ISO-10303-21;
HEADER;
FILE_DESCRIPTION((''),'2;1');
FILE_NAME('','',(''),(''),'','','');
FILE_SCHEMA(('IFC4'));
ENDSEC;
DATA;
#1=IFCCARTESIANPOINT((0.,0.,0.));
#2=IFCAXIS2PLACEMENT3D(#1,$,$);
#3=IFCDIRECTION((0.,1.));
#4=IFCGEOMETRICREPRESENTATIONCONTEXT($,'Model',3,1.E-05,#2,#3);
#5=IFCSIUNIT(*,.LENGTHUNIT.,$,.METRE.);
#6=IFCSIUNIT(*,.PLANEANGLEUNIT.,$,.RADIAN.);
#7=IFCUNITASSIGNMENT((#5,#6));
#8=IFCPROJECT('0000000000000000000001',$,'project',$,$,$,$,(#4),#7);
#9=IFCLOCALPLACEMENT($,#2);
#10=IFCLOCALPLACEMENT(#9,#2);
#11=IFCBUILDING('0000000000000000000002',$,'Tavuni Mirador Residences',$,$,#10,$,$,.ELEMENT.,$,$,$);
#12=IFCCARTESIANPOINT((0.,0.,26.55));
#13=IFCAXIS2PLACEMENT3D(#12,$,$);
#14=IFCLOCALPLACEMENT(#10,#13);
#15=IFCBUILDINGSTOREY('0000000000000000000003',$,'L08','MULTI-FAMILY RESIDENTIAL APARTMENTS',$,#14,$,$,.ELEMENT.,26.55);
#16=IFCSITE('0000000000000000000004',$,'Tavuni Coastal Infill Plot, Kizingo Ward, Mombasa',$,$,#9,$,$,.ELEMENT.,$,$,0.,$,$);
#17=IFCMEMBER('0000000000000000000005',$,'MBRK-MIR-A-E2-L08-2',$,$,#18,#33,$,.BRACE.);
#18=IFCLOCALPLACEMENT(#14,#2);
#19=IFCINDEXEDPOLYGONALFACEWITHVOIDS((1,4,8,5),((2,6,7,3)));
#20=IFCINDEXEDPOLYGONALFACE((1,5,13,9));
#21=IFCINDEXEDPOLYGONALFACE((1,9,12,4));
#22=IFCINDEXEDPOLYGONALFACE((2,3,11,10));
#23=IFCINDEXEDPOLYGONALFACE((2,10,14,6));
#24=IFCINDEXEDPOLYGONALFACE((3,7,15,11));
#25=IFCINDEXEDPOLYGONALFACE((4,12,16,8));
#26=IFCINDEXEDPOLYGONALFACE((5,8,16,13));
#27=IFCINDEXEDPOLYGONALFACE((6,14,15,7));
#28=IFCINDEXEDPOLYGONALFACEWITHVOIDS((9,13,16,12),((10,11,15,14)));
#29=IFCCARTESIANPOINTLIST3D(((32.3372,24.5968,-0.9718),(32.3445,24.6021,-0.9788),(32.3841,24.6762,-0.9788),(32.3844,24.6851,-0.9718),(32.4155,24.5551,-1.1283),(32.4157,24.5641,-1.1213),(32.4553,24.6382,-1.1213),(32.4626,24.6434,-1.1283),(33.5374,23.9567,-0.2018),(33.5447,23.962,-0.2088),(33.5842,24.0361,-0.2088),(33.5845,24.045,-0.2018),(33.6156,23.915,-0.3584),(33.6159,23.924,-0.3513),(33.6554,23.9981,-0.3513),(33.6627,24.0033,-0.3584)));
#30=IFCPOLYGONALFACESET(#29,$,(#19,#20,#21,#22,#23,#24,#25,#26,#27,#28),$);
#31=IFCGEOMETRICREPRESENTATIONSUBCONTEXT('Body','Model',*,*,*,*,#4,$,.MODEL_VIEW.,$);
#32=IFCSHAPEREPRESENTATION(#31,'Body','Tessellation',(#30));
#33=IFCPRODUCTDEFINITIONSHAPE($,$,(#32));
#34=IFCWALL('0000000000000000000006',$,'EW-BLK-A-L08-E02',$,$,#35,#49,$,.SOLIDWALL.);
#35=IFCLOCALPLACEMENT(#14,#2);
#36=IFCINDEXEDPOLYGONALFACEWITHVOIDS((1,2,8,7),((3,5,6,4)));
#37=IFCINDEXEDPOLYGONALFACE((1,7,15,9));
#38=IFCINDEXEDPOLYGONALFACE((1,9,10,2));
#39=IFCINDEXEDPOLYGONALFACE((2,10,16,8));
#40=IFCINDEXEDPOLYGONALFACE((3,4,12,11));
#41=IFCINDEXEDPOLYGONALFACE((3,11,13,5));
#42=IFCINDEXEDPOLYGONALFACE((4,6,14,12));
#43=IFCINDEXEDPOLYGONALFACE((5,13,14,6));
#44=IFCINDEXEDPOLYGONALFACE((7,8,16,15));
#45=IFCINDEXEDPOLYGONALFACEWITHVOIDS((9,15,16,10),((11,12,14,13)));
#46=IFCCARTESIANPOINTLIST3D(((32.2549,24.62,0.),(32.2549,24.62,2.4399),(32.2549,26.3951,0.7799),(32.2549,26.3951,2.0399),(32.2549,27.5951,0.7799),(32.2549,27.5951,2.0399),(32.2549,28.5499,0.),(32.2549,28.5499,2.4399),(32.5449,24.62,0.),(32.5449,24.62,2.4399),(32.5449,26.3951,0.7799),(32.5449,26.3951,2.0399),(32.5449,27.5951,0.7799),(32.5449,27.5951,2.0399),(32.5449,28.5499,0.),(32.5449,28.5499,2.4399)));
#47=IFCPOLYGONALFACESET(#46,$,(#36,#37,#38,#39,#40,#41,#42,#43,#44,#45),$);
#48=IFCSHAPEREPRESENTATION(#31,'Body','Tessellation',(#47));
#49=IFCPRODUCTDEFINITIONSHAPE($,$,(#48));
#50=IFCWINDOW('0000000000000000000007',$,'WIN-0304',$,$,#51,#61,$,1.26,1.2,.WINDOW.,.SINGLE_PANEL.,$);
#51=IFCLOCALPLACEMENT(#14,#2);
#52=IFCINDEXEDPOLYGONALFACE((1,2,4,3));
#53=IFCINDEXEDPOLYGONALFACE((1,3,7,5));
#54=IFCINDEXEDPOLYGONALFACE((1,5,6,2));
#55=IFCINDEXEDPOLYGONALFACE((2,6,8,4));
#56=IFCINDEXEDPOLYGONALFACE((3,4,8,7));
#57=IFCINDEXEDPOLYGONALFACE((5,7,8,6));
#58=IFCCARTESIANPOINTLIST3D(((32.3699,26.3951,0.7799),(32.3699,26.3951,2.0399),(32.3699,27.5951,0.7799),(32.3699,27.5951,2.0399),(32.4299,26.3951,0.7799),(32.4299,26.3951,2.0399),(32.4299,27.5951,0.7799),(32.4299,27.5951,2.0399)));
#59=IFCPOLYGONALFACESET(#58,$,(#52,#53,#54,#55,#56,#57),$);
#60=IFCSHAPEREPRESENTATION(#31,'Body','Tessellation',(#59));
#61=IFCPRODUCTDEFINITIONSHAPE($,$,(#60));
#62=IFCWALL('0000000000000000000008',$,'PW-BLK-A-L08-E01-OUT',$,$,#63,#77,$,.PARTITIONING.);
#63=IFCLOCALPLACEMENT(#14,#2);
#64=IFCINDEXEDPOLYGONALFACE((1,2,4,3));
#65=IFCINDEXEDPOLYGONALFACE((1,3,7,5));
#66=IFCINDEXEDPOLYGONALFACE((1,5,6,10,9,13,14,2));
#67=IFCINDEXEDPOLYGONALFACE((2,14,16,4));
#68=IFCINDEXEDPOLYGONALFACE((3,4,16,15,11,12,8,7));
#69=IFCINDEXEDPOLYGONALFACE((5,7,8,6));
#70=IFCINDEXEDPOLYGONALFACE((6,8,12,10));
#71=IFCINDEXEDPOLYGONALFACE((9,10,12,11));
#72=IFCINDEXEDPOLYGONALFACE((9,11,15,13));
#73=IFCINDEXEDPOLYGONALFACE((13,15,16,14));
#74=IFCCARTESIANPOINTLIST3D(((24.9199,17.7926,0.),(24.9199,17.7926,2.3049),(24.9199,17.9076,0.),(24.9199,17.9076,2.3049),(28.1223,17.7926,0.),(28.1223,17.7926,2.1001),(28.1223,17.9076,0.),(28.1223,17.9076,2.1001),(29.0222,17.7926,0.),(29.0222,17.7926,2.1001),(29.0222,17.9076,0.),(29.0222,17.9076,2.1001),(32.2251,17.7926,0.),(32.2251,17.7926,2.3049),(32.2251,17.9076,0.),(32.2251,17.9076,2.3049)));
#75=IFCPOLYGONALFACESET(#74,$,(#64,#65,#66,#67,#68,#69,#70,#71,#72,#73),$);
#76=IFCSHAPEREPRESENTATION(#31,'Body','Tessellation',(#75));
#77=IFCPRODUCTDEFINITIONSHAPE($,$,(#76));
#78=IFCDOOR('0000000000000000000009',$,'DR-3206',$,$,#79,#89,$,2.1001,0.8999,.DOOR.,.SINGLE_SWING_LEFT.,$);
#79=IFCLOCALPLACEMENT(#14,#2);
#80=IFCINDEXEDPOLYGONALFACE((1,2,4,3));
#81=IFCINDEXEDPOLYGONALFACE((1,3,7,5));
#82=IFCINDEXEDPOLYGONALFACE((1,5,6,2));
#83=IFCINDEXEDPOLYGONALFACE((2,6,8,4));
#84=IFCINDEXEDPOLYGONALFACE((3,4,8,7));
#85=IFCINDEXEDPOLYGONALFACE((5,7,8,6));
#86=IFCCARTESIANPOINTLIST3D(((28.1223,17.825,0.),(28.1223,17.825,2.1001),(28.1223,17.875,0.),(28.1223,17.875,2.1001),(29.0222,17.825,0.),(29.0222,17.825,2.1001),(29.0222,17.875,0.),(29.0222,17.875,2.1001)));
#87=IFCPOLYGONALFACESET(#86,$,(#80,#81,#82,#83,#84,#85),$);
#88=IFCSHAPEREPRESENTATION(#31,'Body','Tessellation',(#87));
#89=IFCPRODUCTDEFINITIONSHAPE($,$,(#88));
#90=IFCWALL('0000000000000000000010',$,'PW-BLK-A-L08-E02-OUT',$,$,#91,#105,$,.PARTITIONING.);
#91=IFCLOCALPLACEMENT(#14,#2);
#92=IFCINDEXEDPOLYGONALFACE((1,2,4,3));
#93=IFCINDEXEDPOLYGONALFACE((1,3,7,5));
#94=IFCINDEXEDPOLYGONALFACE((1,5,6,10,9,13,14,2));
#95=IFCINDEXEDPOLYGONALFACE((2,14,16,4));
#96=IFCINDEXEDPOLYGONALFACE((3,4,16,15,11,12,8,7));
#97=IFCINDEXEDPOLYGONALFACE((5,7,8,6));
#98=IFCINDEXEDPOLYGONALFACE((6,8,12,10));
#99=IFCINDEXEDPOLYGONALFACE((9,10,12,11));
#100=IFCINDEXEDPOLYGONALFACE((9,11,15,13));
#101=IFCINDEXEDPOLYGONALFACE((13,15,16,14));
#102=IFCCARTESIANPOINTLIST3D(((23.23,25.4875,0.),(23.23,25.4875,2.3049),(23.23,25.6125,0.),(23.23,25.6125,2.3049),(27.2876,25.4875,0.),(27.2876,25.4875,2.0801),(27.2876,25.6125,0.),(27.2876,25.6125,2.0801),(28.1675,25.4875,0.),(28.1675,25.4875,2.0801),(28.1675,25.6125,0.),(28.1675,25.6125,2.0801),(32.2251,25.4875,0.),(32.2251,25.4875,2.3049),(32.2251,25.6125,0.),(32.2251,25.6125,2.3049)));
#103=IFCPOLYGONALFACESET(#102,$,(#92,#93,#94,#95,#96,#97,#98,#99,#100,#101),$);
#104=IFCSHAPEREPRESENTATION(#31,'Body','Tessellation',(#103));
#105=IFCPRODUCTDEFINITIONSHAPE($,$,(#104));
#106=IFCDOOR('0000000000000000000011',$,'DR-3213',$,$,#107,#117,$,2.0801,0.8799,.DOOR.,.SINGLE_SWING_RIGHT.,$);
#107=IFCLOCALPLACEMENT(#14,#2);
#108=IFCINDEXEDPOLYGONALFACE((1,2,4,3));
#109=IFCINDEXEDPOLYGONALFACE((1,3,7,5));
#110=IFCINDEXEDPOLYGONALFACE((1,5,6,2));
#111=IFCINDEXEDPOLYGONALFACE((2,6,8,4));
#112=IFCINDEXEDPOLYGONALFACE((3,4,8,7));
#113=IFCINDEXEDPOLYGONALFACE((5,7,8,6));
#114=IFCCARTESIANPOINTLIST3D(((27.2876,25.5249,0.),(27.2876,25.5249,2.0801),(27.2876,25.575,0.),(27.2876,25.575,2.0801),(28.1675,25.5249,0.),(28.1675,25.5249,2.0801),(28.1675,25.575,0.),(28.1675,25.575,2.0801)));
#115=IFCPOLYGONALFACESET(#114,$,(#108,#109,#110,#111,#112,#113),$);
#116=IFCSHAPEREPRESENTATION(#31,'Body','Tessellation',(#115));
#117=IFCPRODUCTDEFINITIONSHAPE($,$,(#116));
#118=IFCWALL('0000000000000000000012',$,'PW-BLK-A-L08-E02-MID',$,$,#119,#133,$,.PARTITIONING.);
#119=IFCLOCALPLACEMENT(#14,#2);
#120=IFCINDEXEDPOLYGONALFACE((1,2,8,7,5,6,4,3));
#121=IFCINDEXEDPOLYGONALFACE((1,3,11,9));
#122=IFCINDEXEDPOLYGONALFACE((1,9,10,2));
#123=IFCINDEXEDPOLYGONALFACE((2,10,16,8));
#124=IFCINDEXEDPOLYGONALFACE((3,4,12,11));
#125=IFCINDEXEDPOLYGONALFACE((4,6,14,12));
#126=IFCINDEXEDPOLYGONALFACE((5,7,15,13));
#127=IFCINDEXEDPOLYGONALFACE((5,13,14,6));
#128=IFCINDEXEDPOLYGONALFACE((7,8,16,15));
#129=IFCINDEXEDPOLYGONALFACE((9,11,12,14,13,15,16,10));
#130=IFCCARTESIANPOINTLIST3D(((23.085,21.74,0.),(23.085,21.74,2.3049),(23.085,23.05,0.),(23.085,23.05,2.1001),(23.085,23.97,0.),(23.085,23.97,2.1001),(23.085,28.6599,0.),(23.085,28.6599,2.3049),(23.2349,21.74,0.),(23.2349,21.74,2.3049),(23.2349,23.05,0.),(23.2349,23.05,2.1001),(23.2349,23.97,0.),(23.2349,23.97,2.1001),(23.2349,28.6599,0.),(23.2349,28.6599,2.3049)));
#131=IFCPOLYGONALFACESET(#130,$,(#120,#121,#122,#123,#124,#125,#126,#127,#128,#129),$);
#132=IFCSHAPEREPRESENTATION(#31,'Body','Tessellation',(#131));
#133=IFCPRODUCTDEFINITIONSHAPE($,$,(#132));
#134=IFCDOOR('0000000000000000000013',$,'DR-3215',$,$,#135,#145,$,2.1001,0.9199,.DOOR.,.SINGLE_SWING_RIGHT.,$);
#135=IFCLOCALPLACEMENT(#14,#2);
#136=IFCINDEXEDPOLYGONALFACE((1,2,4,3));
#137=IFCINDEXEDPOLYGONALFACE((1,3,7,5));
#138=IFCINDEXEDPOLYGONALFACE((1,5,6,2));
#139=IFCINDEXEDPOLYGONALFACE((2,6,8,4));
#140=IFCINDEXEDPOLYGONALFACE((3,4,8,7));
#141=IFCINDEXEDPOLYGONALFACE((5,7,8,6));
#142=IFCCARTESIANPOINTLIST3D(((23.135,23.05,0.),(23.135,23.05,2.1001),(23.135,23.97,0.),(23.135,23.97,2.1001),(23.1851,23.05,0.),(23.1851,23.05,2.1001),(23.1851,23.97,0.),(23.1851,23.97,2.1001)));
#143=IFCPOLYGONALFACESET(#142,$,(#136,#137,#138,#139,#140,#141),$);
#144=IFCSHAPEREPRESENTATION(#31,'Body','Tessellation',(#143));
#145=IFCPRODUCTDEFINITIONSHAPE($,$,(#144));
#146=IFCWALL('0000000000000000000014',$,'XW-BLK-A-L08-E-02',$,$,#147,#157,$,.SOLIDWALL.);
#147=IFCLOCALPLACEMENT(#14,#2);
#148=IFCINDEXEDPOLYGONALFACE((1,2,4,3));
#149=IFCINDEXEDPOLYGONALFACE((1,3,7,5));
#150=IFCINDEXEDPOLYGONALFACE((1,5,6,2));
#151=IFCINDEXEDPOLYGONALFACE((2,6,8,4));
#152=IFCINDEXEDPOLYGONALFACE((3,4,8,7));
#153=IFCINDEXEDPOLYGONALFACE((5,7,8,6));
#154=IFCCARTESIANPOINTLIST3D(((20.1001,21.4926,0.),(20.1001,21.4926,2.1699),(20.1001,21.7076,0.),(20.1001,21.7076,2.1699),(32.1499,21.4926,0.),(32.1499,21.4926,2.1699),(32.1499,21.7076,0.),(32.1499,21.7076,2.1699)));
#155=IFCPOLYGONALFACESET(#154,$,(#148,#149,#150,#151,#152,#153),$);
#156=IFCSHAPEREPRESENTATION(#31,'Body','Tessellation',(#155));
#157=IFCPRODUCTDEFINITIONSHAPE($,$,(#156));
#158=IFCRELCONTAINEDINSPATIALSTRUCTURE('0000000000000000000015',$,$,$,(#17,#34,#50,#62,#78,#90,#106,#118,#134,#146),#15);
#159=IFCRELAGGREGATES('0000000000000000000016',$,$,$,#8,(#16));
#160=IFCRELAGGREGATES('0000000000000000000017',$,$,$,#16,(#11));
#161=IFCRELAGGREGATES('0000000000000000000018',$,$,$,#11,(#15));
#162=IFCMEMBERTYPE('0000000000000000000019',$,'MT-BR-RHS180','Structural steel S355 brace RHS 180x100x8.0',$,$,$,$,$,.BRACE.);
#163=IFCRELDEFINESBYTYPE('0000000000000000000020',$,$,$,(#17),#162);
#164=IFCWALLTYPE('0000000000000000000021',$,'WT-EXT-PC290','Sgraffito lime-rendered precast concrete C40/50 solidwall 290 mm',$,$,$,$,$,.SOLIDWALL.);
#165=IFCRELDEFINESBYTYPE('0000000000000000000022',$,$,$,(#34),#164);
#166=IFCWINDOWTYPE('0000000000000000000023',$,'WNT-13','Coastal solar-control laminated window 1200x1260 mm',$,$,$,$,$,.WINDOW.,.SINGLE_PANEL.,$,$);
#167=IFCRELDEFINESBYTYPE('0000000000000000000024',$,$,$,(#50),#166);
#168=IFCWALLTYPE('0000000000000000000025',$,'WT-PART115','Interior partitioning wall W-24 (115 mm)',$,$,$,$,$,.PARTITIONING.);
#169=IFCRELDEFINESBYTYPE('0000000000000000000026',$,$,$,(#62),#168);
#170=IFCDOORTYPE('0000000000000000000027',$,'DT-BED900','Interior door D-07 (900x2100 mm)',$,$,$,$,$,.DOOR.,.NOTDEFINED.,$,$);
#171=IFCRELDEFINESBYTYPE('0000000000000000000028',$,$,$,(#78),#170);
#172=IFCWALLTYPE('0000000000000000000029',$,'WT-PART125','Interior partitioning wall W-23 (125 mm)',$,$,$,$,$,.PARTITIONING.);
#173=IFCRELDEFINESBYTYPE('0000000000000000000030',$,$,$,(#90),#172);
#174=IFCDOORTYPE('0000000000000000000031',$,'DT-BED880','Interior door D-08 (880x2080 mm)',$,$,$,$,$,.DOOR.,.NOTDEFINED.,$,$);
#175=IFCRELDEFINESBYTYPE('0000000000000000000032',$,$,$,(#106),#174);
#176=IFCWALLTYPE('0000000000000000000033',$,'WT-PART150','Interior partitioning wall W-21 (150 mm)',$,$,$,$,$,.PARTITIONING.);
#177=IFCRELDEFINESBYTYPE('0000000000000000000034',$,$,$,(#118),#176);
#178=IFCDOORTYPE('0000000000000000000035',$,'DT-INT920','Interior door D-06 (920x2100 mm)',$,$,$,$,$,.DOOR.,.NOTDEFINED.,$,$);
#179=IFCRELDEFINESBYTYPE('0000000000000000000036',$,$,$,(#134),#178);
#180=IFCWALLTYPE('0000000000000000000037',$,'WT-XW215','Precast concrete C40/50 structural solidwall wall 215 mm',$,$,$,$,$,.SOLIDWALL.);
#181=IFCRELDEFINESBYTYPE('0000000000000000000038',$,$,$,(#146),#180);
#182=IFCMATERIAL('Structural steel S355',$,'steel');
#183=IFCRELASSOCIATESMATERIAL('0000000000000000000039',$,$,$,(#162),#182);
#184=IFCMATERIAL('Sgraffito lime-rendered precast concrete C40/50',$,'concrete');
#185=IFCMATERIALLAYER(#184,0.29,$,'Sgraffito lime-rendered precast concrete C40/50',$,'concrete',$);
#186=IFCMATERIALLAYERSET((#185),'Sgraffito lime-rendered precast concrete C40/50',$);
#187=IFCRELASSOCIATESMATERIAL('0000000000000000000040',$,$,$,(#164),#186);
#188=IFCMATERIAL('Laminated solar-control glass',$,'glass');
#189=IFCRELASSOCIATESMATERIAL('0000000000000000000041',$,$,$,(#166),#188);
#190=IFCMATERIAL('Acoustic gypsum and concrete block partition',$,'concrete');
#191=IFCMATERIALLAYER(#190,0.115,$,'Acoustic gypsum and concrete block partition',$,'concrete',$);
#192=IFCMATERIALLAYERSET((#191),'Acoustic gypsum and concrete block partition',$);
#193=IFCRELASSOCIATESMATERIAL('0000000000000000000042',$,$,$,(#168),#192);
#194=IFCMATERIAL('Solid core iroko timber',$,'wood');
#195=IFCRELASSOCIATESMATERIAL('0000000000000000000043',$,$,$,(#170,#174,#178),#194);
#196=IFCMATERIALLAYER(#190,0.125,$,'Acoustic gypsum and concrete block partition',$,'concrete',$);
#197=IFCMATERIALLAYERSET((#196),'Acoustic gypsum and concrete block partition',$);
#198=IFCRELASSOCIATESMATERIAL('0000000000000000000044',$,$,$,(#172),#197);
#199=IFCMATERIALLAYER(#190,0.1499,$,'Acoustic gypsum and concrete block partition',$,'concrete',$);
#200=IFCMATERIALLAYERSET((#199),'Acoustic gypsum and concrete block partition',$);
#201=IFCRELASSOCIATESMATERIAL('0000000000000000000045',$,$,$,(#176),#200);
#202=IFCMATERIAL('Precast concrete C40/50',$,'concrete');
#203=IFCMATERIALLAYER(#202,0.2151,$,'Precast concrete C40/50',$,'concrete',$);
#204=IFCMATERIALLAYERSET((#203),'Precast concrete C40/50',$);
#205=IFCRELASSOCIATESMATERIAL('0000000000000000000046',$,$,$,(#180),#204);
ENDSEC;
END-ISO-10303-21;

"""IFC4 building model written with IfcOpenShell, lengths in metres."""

from ifc_helpers import new_model, si_unit, direction, frame, frame_2d, origin, origin_2d, place, context, subcontext, project, spatial, rectangle, hollow_rectangle, extrude, material, layer, layer_set, material_profile, profile_set, type_object, element, fill, save


model = new_model("IFC4")

# Units and contexts
model_context = context("Model", 3, precision=1e-05, world=origin(), true_north=direction((0.0, 1.0)))
body_context = subcontext(model_context, "Body", "Model", "MODEL_VIEW")
ifc_project = project(units=[si_unit("LENGTHUNIT", "METRE"), si_unit("PLANEANGLEUNIT", "RADIAN")], contexts=[model_context])

# Site, building, storey
site_placement = place(None, origin())
site = spatial("IfcSite", under=ifc_project, at=site_placement, Name="Tavuni Coastal Infill Plot, Kizingo Ward, Mombasa", CompositionType="ELEMENT", RefElevation=0.0)
building_placement = place(site_placement, origin())
building = spatial("IfcBuilding", under=site, at=building_placement, Name="Tavuni Mirador Residences", CompositionType="ELEMENT")
storey_placement = place(building_placement, frame((0.0, 0.0, 26.55)))
storey = spatial("IfcBuildingStorey", under=building, at=storey_placement, Name="L08", Description="MULTI-FAMILY RESIDENTIAL APARTMENTS", CompositionType="ELEMENT", Elevation=26.55)

# Shared definitions
ifc_material_1 = material(Name="Precast concrete C40/50", Category="concrete")

# Member
ifc_material_2 = material(Name="Structural steel S355", Category="steel")
ifc_material_profile_1 = material_profile(ifc_material_2, hollow_rectangle(XDim=0.1001, YDim=0.1799, WallThickness=0.0081, at=origin_2d()), Name="RHS 180x100x8.0", Category="steel")
ifc_profile_set_1 = profile_set([ifc_material_profile_1], Name="Structural steel S355")
member_type_1 = type_object("IfcMemberType", Name="MT-BR-RHS180", Description="Structural steel S355 brace RHS 180x100x8.0", PredefinedType="BRACE", material=ifc_profile_set_1)
member_1_placement = place(storey_placement, frame((32.3999, 24.6201, -1.05), z_axis=(0.767847, -0.409539, 0.492634), x_axis=(0.470607, 0.882343, 0.0)))
element("IfcMember", 1, at=member_1_placement, inside=storey, type_object=member_type_1, Name="MBRK-MIR-A-E2-L08-2", PredefinedType="BRACE", context=body_context, shape_type="SweptSolid", body=[
    extrude(hollow_rectangle(XDim=0.1001, YDim=0.1799, WallThickness=0.0081, at=origin_2d()), origin(), (0.0, 0.0, 1.0), 1.563),
])

# Shared definitions
ifc_material_3 = material(Name="Solid core iroko timber", Category="wood")

# Wall, opening, window
ifc_material_4 = material(Name="Sgraffito lime-rendered precast concrete C40/50", Category="concrete")
ifc_layer_1 = layer(ifc_material_4, 0.29, Name="Sgraffito lime-rendered precast concrete C40/50", Category="concrete")
ifc_layer_set_1 = layer_set([ifc_layer_1], Name="Sgraffito lime-rendered precast concrete C40/50")
wall_type_1 = type_object("IfcWallType", Name="WT-EXT-PC290", Description="Sgraffito lime-rendered precast concrete C40/50 solidwall 290 mm", PredefinedType="SOLIDWALL", material=ifc_layer_set_1)
wall_1_placement = place(storey_placement, frame((32.3999, 24.6201, 0.0), z_axis=(0.0, 0.0, 1.0), x_axis=(0.0, 1.0, 0.0)))
wall_1 = element("IfcWall", 2, at=wall_1_placement, inside=storey, type_object=wall_type_1, Name="EW-BLK-A-L08-E02", PredefinedType="SOLIDWALL", context=body_context, shape_type="SweptSolid", body=[
    extrude(rectangle(XDim=3.9299, YDim=0.29, at=frame_2d((1.9648, 0.0))), origin(), (0.0, 0.0, 1.0), 2.4399),
])
opening_1_placement = place(wall_1_placement, frame((1.7749, 0.0, 0.78)))
opening_1 = element("IfcOpeningElement", 3, at=opening_1_placement, cuts=wall_1, PredefinedType="OPENING", context=body_context, shape_type="SweptSolid", body=[
    extrude(rectangle(XDim=1.2, YDim=1.26, at=frame_2d((0.6001, 0.6299))), frame((0.0, 0.155, 0.0), z_axis=(0.0, -1.0, 0.0), x_axis=(1.0, 0.0, 0.0)), (0.0, 0.0, 1.0), 0.3101),
])
ifc_material_5 = material(Name="Laminated solar-control glass", Category="glass")
window_type = type_object("IfcWindowType", Name="WNT-13", Description="Coastal solar-control laminated window 1200x1260 mm", PartitioningType="SINGLE_PANEL", PredefinedType="WINDOW", material=ifc_material_5)
window_placement = place(opening_1_placement, origin())
window = element("IfcWindow", 4, at=window_placement, inside=storey, type_object=window_type, Name="WIN-0304", OverallHeight=1.26, OverallWidth=1.2, PartitioningType="SINGLE_PANEL", PredefinedType="WINDOW", context=body_context, shape_type="SweptSolid", body=[
    extrude(rectangle(XDim=1.2, YDim=1.26, at=frame_2d((0.6001, 0.6299))), frame((0.0, 0.03, 0.0), z_axis=(0.0, -1.0, 0.0), x_axis=(1.0, 0.0, 0.0)), (0.0, 0.0, 1.0), 0.0601),
])
fill(opening_1, window)

# Walls, openings, doors
ifc_material_6 = material(Name="Acoustic gypsum and concrete block partition", Category="concrete")
ifc_layer_2 = layer(ifc_material_6, 0.115, Name="Acoustic gypsum and concrete block partition", Category="concrete")
ifc_layer_set_2 = layer_set([ifc_layer_2], Name="Acoustic gypsum and concrete block partition")
wall_type_2 = type_object("IfcWallType", Name="WT-PART115", Description="Interior partitioning wall W-24 (115 mm)", PredefinedType="PARTITIONING", material=ifc_layer_set_2)
wall_2_placement = place(storey_placement, frame((24.9199, 17.8501, 0.0), z_axis=(0.0, 0.0, 1.0), x_axis=(1.0, 0.0, 0.0)))
wall_2 = element("IfcWall", 5, at=wall_2_placement, inside=storey, type_object=wall_type_2, Name="PW-BLK-A-L08-E01-OUT", PredefinedType="PARTITIONING", context=body_context, shape_type="SweptSolid", body=[
    extrude(rectangle(XDim=7.3052, YDim=0.115, at=frame_2d((3.6526, 0.0))), origin(), (0.0, 0.0, 1.0), 2.3049),
])
opening_2_placement = place(wall_2_placement, frame((3.2024, 0.0, 0.0)))
opening_2 = element("IfcOpeningElement", 6, at=opening_2_placement, cuts=wall_2, PredefinedType="OPENING", context=body_context, shape_type="SweptSolid", body=[
    extrude(rectangle(XDim=0.8999, YDim=2.1001, at=frame_2d((0.45, 1.05))), frame((0.0, 0.0674, 0.0), z_axis=(0.0, -1.0, 0.0), x_axis=(1.0, 0.0, 0.0)), (0.0, 0.0, 1.0), 0.135),
])
door_type_1 = type_object("IfcDoorType", Name="DT-BED900", Description="Interior door D-07 (900x2100 mm)", OperationType="NOTDEFINED", PredefinedType="DOOR", material=ifc_material_3)
door_1_placement = place(opening_2_placement, origin())
door_1 = element("IfcDoor", 7, at=door_1_placement, inside=storey, type_object=door_type_1, Name="DR-3206", OperationType="SINGLE_SWING_LEFT", OverallHeight=2.1001, OverallWidth=0.8999, PredefinedType="DOOR", context=body_context, shape_type="SweptSolid", body=[
    extrude(rectangle(XDim=0.8999, YDim=2.1001, at=frame_2d((0.45, 1.05))), frame((0.0, 0.0249, 0.0), z_axis=(0.0, -1.0, 0.0), x_axis=(1.0, 0.0, 0.0)), (0.0, 0.0, 1.0), 0.05),
])
fill(opening_2, door_1)
ifc_layer_3 = layer(ifc_material_6, 0.125, Name="Acoustic gypsum and concrete block partition", Category="concrete")
ifc_layer_set_3 = layer_set([ifc_layer_3], Name="Acoustic gypsum and concrete block partition")
wall_type_3 = type_object("IfcWallType", Name="WT-PART125", Description="Interior partitioning wall W-23 (125 mm)", PredefinedType="PARTITIONING", material=ifc_layer_set_3)
wall_3_placement = place(storey_placement, frame((23.23, 25.55, 0.0), z_axis=(0.0, 0.0, 1.0), x_axis=(1.0, 0.0, 0.0)))
wall_3 = element("IfcWall", 8, at=wall_3_placement, inside=storey, type_object=wall_type_3, Name="PW-BLK-A-L08-E02-OUT", PredefinedType="PARTITIONING", context=body_context, shape_type="SweptSolid", body=[
    extrude(rectangle(XDim=8.9951, YDim=0.125, at=frame_2d((4.4976, 0.0))), origin(), (0.0, 0.0, 1.0), 2.3049),
])
opening_3_placement = place(wall_3_placement, frame((4.0576, 0.0, 0.0)))
opening_3 = element("IfcOpeningElement", 9, at=opening_3_placement, cuts=wall_3, PredefinedType="OPENING", context=body_context, shape_type="SweptSolid", body=[
    extrude(rectangle(XDim=0.8799, YDim=2.0801, at=frame_2d((0.4399, 1.04))), frame((0.0, 0.0725, 0.0), z_axis=(0.0, -1.0, 0.0), x_axis=(1.0, 0.0, 0.0)), (0.0, 0.0, 1.0), 0.145),
])
door_type_2 = type_object("IfcDoorType", Name="DT-BED880", Description="Interior door D-08 (880x2080 mm)", OperationType="NOTDEFINED", PredefinedType="DOOR", material=ifc_material_3)
door_2_placement = place(opening_3_placement, origin())
door_2 = element("IfcDoor", 10, at=door_2_placement, inside=storey, type_object=door_type_2, Name="DR-3213", OperationType="SINGLE_SWING_RIGHT", OverallHeight=2.0801, OverallWidth=0.8799, PredefinedType="DOOR", context=body_context, shape_type="SweptSolid", body=[
    extrude(rectangle(XDim=0.8799, YDim=2.0801, at=frame_2d((0.4399, 1.04))), frame((0.0, 0.0249, 0.0), z_axis=(0.0, -1.0, 0.0), x_axis=(1.0, 0.0, 0.0)), (0.0, 0.0, 1.0), 0.05),
])
fill(opening_3, door_2)
ifc_layer_4 = layer(ifc_material_6, 0.1499, Name="Acoustic gypsum and concrete block partition", Category="concrete")
ifc_layer_set_4 = layer_set([ifc_layer_4], Name="Acoustic gypsum and concrete block partition")
wall_type_4 = type_object("IfcWallType", Name="WT-PART150", Description="Interior partitioning wall W-21 (150 mm)", PredefinedType="PARTITIONING", material=ifc_layer_set_4)
wall_4_placement = place(storey_placement, frame((23.1599, 21.74, 0.0), z_axis=(0.0, 0.0, 1.0), x_axis=(0.0, 1.0, 0.0)))
wall_4 = element("IfcWall", 11, at=wall_4_placement, inside=storey, type_object=wall_type_4, Name="PW-BLK-A-L08-E02-MID", PredefinedType="PARTITIONING", context=body_context, shape_type="SweptSolid", body=[
    extrude(rectangle(XDim=6.9199, YDim=0.1499, at=frame_2d((3.46, 0.0))), origin(), (0.0, 0.0, 1.0), 2.3049),
])
opening_4_placement = place(wall_4_placement, frame((1.3101, 0.0, 0.0)))
opening_4 = element("IfcOpeningElement", 12, at=opening_4_placement, cuts=wall_4, PredefinedType="OPENING", context=body_context, shape_type="SweptSolid", body=[
    extrude(rectangle(XDim=0.9199, YDim=2.1001, at=frame_2d((0.46, 1.05))), frame((0.0, 0.085, 0.0), z_axis=(0.0, -1.0, 0.0), x_axis=(1.0, 0.0, 0.0)), (0.0, 0.0, 1.0), 0.1699),
])
door_type_3 = type_object("IfcDoorType", Name="DT-INT920", Description="Interior door D-06 (920x2100 mm)", OperationType="NOTDEFINED", PredefinedType="DOOR", material=ifc_material_3)
door_3_placement = place(opening_4_placement, origin())
door_3 = element("IfcDoor", 13, at=door_3_placement, inside=storey, type_object=door_type_3, Name="DR-3215", OperationType="SINGLE_SWING_RIGHT", OverallHeight=2.1001, OverallWidth=0.9199, PredefinedType="DOOR", context=body_context, shape_type="SweptSolid", body=[
    extrude(rectangle(XDim=0.9199, YDim=2.1001, at=frame_2d((0.46, 1.05))), frame((0.0, 0.0249, 0.0), z_axis=(0.0, -1.0, 0.0), x_axis=(1.0, 0.0, 0.0)), (0.0, 0.0, 1.0), 0.05),
])
fill(opening_4, door_3)

# Wall
ifc_layer_5 = layer(ifc_material_1, 0.2151, Name="Precast concrete C40/50", Category="concrete")
ifc_layer_set_5 = layer_set([ifc_layer_5], Name="Precast concrete C40/50")
wall_type_5 = type_object("IfcWallType", Name="WT-XW215", Description="Precast concrete C40/50 structural solidwall wall 215 mm", PredefinedType="SOLIDWALL", material=ifc_layer_set_5)
wall_5_placement = place(storey_placement, frame((20.1001, 21.6001, 0.0), z_axis=(0.0, 0.0, 1.0), x_axis=(1.0, 0.0, 0.0)))
element("IfcWall", 14, at=wall_5_placement, inside=storey, type_object=wall_type_5, Name="XW-BLK-A-L08-E-02", PredefinedType="SOLIDWALL", context=body_context, shape_type="SweptSolid", body=[
    extrude(rectangle(XDim=12.0498, YDim=0.2151, at=frame_2d((6.0249, 0.0))), origin(), (0.0, 0.0, 1.0), 2.1699),
])

save(model, "model.ifc")
